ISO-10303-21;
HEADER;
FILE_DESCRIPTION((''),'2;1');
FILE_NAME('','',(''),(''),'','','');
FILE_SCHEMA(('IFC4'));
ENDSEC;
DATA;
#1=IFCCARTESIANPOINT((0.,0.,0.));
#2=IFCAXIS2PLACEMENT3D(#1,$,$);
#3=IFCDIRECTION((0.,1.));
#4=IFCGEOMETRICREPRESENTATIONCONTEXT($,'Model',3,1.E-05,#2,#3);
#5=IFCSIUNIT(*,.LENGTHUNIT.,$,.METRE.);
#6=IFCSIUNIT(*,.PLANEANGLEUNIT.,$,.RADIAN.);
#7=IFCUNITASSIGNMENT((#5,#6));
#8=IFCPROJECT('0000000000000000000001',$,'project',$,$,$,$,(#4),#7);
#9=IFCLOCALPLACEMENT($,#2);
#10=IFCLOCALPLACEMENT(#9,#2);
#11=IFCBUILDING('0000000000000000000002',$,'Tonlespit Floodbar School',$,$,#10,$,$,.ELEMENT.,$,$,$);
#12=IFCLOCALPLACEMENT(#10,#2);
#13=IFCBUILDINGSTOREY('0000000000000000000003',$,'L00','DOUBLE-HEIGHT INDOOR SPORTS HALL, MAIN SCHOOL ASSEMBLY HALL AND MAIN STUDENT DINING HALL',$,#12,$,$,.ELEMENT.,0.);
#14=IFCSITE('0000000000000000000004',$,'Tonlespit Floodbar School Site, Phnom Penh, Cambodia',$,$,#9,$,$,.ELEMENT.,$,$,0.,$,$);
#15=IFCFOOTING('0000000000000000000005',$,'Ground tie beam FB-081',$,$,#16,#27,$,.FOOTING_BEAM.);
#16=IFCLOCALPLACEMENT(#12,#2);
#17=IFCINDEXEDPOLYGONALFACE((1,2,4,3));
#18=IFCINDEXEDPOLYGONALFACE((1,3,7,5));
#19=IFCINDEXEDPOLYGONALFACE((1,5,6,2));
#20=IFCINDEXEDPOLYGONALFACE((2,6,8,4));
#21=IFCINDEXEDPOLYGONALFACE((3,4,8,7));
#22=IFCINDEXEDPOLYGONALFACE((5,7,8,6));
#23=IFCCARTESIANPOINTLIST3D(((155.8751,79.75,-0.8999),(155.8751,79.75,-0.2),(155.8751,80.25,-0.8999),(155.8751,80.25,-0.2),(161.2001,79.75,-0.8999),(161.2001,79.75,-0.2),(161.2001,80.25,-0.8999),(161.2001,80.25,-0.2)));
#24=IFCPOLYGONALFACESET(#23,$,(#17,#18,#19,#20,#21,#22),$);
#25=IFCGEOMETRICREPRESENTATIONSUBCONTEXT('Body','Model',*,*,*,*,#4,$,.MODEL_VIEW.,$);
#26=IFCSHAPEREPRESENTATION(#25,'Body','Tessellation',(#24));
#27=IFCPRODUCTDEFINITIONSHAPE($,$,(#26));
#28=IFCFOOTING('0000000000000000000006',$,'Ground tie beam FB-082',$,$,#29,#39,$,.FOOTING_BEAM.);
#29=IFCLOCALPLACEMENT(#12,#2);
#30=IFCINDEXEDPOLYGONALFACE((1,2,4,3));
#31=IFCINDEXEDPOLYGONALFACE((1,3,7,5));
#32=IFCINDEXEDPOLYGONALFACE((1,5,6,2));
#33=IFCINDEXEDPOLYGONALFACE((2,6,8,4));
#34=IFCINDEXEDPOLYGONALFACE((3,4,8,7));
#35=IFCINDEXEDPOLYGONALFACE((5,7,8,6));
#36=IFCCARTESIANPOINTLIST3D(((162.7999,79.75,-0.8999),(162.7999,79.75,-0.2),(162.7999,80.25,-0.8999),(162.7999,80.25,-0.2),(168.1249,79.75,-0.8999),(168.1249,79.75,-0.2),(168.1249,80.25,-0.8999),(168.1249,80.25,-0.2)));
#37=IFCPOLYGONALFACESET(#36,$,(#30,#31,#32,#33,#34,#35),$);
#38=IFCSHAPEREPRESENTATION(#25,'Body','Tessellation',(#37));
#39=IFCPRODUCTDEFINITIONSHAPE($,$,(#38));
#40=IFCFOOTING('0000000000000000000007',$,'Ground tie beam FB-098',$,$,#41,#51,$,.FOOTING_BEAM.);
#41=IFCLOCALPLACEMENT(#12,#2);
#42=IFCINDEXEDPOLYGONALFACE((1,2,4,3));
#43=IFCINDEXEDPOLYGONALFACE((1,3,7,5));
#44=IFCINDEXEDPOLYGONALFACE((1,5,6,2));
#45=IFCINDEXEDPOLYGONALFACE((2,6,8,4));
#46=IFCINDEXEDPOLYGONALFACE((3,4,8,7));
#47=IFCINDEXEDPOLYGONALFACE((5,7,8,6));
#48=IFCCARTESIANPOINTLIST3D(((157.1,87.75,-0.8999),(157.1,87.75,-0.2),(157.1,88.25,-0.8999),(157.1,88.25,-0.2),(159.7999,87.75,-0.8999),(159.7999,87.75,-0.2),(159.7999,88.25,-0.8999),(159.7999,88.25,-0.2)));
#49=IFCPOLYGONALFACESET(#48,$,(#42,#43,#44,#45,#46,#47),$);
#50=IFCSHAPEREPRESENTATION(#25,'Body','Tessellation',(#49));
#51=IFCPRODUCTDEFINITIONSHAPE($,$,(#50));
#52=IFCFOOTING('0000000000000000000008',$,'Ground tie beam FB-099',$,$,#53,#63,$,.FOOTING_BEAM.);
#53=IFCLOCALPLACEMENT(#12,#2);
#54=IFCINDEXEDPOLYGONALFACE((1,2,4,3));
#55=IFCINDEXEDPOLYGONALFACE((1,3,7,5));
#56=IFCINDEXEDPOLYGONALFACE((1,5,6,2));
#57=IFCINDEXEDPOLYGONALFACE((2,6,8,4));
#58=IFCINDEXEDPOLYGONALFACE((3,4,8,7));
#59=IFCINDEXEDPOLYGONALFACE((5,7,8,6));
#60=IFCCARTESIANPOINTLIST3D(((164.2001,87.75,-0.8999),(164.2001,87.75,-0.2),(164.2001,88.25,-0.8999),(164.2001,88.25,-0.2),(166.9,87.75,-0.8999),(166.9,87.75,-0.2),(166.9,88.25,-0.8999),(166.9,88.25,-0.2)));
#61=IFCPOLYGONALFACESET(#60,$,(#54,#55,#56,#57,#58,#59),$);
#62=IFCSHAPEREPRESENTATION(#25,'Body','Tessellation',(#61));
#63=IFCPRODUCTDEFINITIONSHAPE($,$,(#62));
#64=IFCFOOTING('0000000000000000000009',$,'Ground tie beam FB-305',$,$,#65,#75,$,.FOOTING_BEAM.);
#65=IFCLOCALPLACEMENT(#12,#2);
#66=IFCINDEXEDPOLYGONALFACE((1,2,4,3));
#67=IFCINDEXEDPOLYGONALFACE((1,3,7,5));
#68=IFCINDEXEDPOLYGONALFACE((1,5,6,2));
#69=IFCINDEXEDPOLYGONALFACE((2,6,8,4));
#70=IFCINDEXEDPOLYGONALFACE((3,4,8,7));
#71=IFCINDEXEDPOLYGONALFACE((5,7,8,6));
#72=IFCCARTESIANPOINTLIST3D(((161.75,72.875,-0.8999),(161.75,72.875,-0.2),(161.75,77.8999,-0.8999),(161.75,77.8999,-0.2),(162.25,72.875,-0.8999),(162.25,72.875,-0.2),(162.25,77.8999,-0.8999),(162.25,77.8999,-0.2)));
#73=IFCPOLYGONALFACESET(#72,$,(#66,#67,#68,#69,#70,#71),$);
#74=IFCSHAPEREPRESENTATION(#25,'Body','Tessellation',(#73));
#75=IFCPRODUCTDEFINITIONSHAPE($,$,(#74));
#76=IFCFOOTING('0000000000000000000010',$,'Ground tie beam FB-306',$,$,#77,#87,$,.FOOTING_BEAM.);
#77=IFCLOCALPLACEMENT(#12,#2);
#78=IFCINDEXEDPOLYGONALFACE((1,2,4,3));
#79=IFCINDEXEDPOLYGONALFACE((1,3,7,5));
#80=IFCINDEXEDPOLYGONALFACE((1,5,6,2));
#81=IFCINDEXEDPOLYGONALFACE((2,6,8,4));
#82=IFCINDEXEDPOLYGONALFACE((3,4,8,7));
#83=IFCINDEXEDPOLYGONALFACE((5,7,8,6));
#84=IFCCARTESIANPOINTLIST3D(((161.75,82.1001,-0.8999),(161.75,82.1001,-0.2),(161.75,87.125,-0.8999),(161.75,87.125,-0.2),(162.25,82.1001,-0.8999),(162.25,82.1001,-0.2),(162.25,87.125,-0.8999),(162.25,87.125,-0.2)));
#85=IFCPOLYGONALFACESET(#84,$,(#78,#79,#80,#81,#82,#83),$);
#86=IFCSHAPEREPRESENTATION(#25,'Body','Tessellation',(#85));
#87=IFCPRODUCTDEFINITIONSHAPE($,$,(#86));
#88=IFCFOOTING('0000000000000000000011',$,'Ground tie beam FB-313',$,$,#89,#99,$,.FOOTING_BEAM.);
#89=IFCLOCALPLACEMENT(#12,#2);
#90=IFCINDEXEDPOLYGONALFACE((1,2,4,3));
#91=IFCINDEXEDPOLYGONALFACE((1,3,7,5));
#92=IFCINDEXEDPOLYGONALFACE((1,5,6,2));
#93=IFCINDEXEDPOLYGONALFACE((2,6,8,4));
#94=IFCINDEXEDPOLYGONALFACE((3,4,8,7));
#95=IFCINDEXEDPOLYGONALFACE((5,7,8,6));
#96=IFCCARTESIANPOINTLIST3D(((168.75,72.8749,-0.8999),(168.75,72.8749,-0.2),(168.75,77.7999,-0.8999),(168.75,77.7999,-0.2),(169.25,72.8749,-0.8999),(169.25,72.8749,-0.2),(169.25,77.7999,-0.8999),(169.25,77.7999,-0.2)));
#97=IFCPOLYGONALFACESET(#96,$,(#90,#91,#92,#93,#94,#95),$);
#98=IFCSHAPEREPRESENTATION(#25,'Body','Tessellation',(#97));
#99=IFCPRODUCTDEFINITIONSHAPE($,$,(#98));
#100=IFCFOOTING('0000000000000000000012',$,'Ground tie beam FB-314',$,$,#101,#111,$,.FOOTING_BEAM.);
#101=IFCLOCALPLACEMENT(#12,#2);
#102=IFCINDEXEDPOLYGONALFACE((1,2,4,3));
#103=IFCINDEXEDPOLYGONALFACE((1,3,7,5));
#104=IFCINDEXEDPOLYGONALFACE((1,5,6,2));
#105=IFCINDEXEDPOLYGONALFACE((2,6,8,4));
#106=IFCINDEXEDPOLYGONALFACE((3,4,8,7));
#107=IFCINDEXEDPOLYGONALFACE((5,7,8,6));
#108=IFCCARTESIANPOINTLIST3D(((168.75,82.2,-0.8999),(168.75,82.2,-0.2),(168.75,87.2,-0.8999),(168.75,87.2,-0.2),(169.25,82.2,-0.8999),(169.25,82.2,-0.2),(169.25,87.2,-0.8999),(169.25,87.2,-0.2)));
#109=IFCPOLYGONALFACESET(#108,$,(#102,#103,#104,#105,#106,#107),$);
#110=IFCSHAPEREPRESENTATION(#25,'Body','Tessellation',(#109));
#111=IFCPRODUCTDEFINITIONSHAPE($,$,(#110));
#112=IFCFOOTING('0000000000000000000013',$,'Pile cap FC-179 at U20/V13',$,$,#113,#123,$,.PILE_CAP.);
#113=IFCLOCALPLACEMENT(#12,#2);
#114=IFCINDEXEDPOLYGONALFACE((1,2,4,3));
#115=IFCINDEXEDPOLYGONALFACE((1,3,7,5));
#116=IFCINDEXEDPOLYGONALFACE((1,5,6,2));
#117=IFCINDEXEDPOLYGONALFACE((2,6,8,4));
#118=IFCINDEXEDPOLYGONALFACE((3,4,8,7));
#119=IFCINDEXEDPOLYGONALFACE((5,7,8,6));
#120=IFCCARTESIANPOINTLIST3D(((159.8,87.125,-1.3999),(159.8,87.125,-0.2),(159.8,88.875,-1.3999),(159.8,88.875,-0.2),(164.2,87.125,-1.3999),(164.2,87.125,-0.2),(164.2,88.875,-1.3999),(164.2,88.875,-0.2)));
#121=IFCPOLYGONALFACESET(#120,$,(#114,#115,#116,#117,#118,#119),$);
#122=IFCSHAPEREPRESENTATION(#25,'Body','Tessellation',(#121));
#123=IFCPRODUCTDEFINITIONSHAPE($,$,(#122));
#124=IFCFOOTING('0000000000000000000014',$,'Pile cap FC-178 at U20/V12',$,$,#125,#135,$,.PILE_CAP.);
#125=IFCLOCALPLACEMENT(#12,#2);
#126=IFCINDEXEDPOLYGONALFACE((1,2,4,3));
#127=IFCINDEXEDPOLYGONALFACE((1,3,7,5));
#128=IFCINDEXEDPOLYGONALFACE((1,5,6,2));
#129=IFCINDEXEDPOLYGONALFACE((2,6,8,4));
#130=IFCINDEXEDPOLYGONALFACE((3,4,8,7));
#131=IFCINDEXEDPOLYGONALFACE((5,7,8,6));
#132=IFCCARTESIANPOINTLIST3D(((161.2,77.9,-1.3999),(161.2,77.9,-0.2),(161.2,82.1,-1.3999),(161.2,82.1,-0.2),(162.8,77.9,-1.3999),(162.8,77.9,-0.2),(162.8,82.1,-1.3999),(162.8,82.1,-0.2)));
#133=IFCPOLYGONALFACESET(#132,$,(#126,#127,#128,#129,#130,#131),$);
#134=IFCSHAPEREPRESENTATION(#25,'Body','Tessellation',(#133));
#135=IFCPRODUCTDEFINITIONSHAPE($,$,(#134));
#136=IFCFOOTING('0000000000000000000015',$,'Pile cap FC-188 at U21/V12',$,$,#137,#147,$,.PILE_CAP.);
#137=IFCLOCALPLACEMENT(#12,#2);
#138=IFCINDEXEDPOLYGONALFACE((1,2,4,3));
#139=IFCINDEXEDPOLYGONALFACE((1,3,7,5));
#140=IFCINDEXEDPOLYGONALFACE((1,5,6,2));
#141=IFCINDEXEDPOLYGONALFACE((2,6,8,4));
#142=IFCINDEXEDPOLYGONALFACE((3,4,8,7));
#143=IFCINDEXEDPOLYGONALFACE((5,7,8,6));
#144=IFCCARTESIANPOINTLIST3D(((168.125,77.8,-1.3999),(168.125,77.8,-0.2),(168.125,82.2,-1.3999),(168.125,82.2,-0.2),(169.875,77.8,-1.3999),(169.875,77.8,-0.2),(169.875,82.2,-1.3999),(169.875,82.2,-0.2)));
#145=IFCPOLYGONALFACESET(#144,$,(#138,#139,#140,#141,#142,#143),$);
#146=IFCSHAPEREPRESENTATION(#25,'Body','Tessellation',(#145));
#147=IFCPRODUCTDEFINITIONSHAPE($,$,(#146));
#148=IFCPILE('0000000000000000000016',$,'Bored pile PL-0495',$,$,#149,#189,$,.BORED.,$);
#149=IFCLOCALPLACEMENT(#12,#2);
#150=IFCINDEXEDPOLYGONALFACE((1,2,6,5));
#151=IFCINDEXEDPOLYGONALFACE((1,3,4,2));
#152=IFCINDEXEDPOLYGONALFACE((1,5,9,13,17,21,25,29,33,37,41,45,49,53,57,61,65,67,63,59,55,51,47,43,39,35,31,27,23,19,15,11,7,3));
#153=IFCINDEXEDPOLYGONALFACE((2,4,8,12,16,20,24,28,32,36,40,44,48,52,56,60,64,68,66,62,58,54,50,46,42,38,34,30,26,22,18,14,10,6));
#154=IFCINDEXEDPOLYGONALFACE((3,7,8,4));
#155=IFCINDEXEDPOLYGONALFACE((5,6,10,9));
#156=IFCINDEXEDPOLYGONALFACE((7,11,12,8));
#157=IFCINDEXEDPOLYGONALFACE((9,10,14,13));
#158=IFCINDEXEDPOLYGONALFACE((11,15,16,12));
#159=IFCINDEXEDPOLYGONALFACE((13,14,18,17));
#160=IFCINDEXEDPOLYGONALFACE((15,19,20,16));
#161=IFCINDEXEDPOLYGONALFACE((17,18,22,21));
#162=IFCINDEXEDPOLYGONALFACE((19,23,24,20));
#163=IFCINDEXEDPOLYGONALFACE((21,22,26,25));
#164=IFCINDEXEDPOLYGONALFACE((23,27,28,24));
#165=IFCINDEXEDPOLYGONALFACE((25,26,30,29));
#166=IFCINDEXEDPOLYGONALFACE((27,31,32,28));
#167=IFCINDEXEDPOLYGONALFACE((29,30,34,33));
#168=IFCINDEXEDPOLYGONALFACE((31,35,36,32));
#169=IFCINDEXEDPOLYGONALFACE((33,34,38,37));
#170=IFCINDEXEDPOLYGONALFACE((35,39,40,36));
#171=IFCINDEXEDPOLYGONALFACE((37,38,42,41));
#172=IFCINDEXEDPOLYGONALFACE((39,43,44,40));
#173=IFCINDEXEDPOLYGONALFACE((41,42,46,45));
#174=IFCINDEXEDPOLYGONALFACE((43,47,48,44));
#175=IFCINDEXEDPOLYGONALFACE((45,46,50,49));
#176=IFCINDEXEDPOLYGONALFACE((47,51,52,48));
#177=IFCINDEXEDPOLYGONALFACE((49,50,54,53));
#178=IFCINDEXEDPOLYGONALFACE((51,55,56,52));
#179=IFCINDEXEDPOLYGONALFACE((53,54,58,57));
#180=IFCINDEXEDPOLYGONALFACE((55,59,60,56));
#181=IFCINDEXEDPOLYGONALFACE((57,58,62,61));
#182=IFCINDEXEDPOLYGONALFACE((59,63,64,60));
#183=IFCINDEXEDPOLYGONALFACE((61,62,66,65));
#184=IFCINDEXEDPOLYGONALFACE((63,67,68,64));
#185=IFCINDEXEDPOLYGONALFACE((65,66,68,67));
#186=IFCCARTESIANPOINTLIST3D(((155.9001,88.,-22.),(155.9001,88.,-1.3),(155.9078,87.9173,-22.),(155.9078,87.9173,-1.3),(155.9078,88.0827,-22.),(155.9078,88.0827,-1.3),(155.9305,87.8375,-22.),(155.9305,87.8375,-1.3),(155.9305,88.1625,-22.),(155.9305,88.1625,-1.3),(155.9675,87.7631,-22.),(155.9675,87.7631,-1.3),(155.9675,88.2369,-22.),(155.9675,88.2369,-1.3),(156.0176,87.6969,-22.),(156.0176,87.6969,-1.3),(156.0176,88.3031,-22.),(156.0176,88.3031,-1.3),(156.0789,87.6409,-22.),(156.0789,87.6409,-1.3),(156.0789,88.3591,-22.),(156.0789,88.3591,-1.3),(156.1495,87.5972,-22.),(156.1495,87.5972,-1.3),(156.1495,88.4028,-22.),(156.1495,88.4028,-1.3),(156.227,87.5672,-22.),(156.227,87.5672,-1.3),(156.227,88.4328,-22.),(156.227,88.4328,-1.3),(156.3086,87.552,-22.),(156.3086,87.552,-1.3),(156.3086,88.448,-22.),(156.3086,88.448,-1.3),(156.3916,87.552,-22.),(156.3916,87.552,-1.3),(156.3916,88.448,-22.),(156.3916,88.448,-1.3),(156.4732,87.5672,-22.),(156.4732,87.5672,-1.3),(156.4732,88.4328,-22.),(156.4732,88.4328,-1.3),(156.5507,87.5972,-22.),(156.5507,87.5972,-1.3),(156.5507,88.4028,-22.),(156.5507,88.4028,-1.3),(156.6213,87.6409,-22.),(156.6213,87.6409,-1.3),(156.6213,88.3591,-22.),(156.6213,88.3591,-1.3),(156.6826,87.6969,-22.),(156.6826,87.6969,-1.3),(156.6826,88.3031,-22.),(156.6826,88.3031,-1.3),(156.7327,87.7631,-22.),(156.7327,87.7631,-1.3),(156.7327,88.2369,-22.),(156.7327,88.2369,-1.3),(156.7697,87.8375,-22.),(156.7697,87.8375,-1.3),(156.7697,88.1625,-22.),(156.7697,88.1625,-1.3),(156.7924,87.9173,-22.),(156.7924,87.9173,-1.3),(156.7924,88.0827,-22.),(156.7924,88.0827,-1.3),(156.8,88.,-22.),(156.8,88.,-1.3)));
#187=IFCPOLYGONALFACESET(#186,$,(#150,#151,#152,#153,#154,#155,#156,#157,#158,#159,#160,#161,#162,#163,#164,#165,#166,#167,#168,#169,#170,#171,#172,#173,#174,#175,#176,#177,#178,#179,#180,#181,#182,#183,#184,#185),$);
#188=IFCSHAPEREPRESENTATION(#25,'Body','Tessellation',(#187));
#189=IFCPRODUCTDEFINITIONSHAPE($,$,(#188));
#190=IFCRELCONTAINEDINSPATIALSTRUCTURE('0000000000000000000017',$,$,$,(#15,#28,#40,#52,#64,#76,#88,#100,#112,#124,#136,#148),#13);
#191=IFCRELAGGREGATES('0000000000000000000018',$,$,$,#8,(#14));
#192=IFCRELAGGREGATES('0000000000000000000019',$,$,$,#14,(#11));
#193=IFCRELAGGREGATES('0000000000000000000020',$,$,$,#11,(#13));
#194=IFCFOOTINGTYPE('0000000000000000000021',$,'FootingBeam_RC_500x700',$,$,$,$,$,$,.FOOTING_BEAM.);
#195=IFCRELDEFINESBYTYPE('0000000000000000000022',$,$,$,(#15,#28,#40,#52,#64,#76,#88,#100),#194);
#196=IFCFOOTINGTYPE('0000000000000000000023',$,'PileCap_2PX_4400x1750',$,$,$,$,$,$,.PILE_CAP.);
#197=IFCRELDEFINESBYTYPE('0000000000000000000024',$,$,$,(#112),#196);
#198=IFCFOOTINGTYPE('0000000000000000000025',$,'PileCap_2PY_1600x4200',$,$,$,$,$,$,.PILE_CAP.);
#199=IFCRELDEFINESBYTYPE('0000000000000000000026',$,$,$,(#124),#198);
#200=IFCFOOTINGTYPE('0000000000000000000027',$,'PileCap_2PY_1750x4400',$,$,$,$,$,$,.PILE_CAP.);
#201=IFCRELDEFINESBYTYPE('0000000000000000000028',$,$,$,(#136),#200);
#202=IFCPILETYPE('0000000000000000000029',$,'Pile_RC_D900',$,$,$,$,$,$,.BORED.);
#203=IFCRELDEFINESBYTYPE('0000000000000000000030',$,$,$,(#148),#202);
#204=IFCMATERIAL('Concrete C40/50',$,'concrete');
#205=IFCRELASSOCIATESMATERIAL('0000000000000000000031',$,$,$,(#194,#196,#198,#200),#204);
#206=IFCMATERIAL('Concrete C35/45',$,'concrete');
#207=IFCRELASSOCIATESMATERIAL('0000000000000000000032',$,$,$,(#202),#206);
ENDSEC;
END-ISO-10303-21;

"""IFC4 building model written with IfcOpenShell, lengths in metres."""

from ifc_helpers import new_model, si_unit, direction, frame, origin, origin_2d, place, context, subcontext, project, spatial, rectangle, circle, extrude, material, material_profile, profile_set, type_object, element, save


model = new_model("IFC4")

# Units and contexts
model_context = context("Model", 3, precision=1e-05, world=origin(), true_north=direction((0.0, 1.0)))
body_context = subcontext(model_context, "Body", "Model", "MODEL_VIEW")
ifc_project = project(units=[si_unit("LENGTHUNIT", "METRE"), si_unit("PLANEANGLEUNIT", "RADIAN")], contexts=[model_context])

# Site, building, storey
site_placement = place(None, origin())
site = spatial("IfcSite", under=ifc_project, at=site_placement, Name="Tonlespit Floodbar School Site, Phnom Penh, Cambodia", CompositionType="ELEMENT", RefElevation=0.0)
building_placement = place(site_placement, origin())
building = spatial("IfcBuilding", under=site, at=building_placement, Name="Tonlespit Floodbar School", CompositionType="ELEMENT")
storey_placement = place(building_placement, origin())
storey = spatial("IfcBuildingStorey", under=building, at=storey_placement, Name="L00", Description="DOUBLE-HEIGHT INDOOR SPORTS HALL, MAIN SCHOOL ASSEMBLY HALL AND MAIN STUDENT DINING HALL", CompositionType="ELEMENT", Elevation=0.0)

# Footings
ifc_material_1 = material(Name="Concrete C40/50", Category="concrete")
footing_type_1 = type_object("IfcFootingType", Name="FootingBeam_RC_500x700", PredefinedType="FOOTING_BEAM", material=ifc_material_1)
for number, where, z_axis, x_axis, name in (
    (1, (158.5376, 80.0, -0.8999), (0.0, 0.0, 1.0), (1.0, 0.0, 0.0), "Ground tie beam FB-081"),
    (2, (165.4624, 80.0, -0.8999), (0.0, 0.0, 1.0), (1.0, 0.0, 0.0), "Ground tie beam FB-082"),
):
    element("IfcFooting", number, at=place(storey_placement, frame(where, z_axis=z_axis, x_axis=x_axis)), inside=storey, type_object=footing_type_1, Name=name, PredefinedType="FOOTING_BEAM", context=body_context, shape_type="SweptSolid", body=[
        extrude(rectangle(XDim=5.325, YDim=0.5, at=origin_2d()), origin(), (0.0, 0.0, 1.0), 0.7),
    ])
for number, where, z_axis, x_axis, name in (
    (3, (158.45, 88.0, -0.8999), (0.0, 0.0, 1.0), (1.0, 0.0, 0.0), "Ground tie beam FB-098"),
    (4, (165.55, 88.0, -0.8999), (0.0, 0.0, 1.0), (1.0, 0.0, 0.0), "Ground tie beam FB-099"),
):
    element("IfcFooting", number, at=place(storey_placement, frame(where, z_axis=z_axis, x_axis=x_axis)), inside=storey, type_object=footing_type_1, Name=name, PredefinedType="FOOTING_BEAM", context=body_context, shape_type="SweptSolid", body=[
        extrude(rectangle(XDim=2.7, YDim=0.5, at=origin_2d()), origin(), (0.0, 0.0, 1.0), 0.7),
    ])
for number, where, z_axis, x_axis, name in (
    (5, (162.0, 75.3875, -0.8999), (0.0, 0.0, 1.0), (0.0, 1.0, 0.0), "Ground tie beam FB-305"),
    (6, (162.0, 84.6125, -0.8999), (0.0, 0.0, 1.0), (0.0, 1.0, 0.0), "Ground tie beam FB-306"),
):
    element("IfcFooting", number, at=place(storey_placement, frame(where, z_axis=z_axis, x_axis=x_axis)), inside=storey, type_object=footing_type_1, Name=name, PredefinedType="FOOTING_BEAM", context=body_context, shape_type="SweptSolid", body=[
        extrude(rectangle(XDim=5.0249, YDim=0.5, at=origin_2d()), origin(), (0.0, 0.0, 1.0), 0.7),
    ])
footing_1_placement = place(storey_placement, frame((169.0, 75.3374, -0.8999), z_axis=(0.0, 0.0, 1.0), x_axis=(0.0, 1.0, 0.0)))
element("IfcFooting", 7, at=footing_1_placement, inside=storey, type_object=footing_type_1, Name="Ground tie beam FB-313", PredefinedType="FOOTING_BEAM", context=body_context, shape_type="SweptSolid", body=[
    extrude(rectangle(XDim=4.925, YDim=0.5, at=origin_2d()), origin(), (0.0, 0.0, 1.0), 0.7),
])
footing_2_placement = place(storey_placement, frame((169.0, 84.7, -0.8999), z_axis=(0.0, 0.0, 1.0), x_axis=(0.0, 1.0, 0.0)))
element("IfcFooting", 8, at=footing_2_placement, inside=storey, type_object=footing_type_1, Name="Ground tie beam FB-314", PredefinedType="FOOTING_BEAM", context=body_context, shape_type="SweptSolid", body=[
    extrude(rectangle(XDim=5.0, YDim=0.5, at=origin_2d()), origin(), (0.0, 0.0, 1.0), 0.7),
])
footing_type_2 = type_object("IfcFootingType", Name="PileCap_2PX_4400x1750", PredefinedType="PILE_CAP", material=ifc_material_1)
footing_3_placement = place(storey_placement, frame((162.0, 88.0, -1.3999), z_axis=(0.0, 0.0, 1.0), x_axis=(1.0, 0.0, 0.0)))
element("IfcFooting", 9, at=footing_3_placement, inside=storey, type_object=footing_type_2, Name="Pile cap FC-179 at U20/V13", PredefinedType="PILE_CAP", context=body_context, shape_type="SweptSolid", body=[
    extrude(rectangle(XDim=4.3999, YDim=1.75, at=origin_2d()), origin(), (0.0, 0.0, 1.0), 1.2),
])
footing_type_3 = type_object("IfcFootingType", Name="PileCap_2PY_1600x4200", PredefinedType="PILE_CAP", material=ifc_material_1)
footing_4_placement = place(storey_placement, frame((162.0, 80.0, -1.3999), z_axis=(0.0, 0.0, 1.0), x_axis=(1.0, 0.0, 0.0)))
element("IfcFooting", 10, at=footing_4_placement, inside=storey, type_object=footing_type_3, Name="Pile cap FC-178 at U20/V12", PredefinedType="PILE_CAP", context=body_context, shape_type="SweptSolid", body=[
    extrude(rectangle(XDim=1.6001, YDim=4.2, at=origin_2d()), origin(), (0.0, 0.0, 1.0), 1.2),
])
footing_type_4 = type_object("IfcFootingType", Name="PileCap_2PY_1750x4400", PredefinedType="PILE_CAP", material=ifc_material_1)
footing_5_placement = place(storey_placement, frame((169.0, 80.0, -1.3999), z_axis=(0.0, 0.0, 1.0), x_axis=(1.0, 0.0, 0.0)))
element("IfcFooting", 11, at=footing_5_placement, inside=storey, type_object=footing_type_4, Name="Pile cap FC-188 at U21/V12", PredefinedType="PILE_CAP", context=body_context, shape_type="SweptSolid", body=[
    extrude(rectangle(XDim=1.75, YDim=4.3999, at=origin_2d()), origin(), (0.0, 0.0, 1.0), 1.2),
])

# Pile
ifc_material_2 = material(Name="Concrete C35/45", Category="concrete")
ifc_material_profile_1 = material_profile(ifc_material_2, circle(Radius=0.45, at=origin_2d()), Name="BP D900")
ifc_profile_set_1 = profile_set([ifc_material_profile_1], Name="Concrete C35/45")
pile_type = type_object("IfcPileType", Name="Pile_RC_D900", PredefinedType="BORED", material=ifc_profile_set_1)
for number, where, z_axis, x_axis, name in (
    (12, (156.3501, 88.0, -1.3), (0.0, 0.0, -1.0), (1.0, 0.0, 0.0), "Bored pile PL-0495"),
):
    element("IfcPile", number, at=place(storey_placement, frame(where, z_axis=z_axis, x_axis=x_axis)), inside=storey, type_object=pile_type, Name=name, PredefinedType="BORED", context=body_context, shape_type="SweptSolid", body=[
        extrude(circle(Radius=0.45, at=origin_2d()), origin(), (0.0, 0.0, 1.0), 20.7),
    ])

save(model, "model.ifc")
